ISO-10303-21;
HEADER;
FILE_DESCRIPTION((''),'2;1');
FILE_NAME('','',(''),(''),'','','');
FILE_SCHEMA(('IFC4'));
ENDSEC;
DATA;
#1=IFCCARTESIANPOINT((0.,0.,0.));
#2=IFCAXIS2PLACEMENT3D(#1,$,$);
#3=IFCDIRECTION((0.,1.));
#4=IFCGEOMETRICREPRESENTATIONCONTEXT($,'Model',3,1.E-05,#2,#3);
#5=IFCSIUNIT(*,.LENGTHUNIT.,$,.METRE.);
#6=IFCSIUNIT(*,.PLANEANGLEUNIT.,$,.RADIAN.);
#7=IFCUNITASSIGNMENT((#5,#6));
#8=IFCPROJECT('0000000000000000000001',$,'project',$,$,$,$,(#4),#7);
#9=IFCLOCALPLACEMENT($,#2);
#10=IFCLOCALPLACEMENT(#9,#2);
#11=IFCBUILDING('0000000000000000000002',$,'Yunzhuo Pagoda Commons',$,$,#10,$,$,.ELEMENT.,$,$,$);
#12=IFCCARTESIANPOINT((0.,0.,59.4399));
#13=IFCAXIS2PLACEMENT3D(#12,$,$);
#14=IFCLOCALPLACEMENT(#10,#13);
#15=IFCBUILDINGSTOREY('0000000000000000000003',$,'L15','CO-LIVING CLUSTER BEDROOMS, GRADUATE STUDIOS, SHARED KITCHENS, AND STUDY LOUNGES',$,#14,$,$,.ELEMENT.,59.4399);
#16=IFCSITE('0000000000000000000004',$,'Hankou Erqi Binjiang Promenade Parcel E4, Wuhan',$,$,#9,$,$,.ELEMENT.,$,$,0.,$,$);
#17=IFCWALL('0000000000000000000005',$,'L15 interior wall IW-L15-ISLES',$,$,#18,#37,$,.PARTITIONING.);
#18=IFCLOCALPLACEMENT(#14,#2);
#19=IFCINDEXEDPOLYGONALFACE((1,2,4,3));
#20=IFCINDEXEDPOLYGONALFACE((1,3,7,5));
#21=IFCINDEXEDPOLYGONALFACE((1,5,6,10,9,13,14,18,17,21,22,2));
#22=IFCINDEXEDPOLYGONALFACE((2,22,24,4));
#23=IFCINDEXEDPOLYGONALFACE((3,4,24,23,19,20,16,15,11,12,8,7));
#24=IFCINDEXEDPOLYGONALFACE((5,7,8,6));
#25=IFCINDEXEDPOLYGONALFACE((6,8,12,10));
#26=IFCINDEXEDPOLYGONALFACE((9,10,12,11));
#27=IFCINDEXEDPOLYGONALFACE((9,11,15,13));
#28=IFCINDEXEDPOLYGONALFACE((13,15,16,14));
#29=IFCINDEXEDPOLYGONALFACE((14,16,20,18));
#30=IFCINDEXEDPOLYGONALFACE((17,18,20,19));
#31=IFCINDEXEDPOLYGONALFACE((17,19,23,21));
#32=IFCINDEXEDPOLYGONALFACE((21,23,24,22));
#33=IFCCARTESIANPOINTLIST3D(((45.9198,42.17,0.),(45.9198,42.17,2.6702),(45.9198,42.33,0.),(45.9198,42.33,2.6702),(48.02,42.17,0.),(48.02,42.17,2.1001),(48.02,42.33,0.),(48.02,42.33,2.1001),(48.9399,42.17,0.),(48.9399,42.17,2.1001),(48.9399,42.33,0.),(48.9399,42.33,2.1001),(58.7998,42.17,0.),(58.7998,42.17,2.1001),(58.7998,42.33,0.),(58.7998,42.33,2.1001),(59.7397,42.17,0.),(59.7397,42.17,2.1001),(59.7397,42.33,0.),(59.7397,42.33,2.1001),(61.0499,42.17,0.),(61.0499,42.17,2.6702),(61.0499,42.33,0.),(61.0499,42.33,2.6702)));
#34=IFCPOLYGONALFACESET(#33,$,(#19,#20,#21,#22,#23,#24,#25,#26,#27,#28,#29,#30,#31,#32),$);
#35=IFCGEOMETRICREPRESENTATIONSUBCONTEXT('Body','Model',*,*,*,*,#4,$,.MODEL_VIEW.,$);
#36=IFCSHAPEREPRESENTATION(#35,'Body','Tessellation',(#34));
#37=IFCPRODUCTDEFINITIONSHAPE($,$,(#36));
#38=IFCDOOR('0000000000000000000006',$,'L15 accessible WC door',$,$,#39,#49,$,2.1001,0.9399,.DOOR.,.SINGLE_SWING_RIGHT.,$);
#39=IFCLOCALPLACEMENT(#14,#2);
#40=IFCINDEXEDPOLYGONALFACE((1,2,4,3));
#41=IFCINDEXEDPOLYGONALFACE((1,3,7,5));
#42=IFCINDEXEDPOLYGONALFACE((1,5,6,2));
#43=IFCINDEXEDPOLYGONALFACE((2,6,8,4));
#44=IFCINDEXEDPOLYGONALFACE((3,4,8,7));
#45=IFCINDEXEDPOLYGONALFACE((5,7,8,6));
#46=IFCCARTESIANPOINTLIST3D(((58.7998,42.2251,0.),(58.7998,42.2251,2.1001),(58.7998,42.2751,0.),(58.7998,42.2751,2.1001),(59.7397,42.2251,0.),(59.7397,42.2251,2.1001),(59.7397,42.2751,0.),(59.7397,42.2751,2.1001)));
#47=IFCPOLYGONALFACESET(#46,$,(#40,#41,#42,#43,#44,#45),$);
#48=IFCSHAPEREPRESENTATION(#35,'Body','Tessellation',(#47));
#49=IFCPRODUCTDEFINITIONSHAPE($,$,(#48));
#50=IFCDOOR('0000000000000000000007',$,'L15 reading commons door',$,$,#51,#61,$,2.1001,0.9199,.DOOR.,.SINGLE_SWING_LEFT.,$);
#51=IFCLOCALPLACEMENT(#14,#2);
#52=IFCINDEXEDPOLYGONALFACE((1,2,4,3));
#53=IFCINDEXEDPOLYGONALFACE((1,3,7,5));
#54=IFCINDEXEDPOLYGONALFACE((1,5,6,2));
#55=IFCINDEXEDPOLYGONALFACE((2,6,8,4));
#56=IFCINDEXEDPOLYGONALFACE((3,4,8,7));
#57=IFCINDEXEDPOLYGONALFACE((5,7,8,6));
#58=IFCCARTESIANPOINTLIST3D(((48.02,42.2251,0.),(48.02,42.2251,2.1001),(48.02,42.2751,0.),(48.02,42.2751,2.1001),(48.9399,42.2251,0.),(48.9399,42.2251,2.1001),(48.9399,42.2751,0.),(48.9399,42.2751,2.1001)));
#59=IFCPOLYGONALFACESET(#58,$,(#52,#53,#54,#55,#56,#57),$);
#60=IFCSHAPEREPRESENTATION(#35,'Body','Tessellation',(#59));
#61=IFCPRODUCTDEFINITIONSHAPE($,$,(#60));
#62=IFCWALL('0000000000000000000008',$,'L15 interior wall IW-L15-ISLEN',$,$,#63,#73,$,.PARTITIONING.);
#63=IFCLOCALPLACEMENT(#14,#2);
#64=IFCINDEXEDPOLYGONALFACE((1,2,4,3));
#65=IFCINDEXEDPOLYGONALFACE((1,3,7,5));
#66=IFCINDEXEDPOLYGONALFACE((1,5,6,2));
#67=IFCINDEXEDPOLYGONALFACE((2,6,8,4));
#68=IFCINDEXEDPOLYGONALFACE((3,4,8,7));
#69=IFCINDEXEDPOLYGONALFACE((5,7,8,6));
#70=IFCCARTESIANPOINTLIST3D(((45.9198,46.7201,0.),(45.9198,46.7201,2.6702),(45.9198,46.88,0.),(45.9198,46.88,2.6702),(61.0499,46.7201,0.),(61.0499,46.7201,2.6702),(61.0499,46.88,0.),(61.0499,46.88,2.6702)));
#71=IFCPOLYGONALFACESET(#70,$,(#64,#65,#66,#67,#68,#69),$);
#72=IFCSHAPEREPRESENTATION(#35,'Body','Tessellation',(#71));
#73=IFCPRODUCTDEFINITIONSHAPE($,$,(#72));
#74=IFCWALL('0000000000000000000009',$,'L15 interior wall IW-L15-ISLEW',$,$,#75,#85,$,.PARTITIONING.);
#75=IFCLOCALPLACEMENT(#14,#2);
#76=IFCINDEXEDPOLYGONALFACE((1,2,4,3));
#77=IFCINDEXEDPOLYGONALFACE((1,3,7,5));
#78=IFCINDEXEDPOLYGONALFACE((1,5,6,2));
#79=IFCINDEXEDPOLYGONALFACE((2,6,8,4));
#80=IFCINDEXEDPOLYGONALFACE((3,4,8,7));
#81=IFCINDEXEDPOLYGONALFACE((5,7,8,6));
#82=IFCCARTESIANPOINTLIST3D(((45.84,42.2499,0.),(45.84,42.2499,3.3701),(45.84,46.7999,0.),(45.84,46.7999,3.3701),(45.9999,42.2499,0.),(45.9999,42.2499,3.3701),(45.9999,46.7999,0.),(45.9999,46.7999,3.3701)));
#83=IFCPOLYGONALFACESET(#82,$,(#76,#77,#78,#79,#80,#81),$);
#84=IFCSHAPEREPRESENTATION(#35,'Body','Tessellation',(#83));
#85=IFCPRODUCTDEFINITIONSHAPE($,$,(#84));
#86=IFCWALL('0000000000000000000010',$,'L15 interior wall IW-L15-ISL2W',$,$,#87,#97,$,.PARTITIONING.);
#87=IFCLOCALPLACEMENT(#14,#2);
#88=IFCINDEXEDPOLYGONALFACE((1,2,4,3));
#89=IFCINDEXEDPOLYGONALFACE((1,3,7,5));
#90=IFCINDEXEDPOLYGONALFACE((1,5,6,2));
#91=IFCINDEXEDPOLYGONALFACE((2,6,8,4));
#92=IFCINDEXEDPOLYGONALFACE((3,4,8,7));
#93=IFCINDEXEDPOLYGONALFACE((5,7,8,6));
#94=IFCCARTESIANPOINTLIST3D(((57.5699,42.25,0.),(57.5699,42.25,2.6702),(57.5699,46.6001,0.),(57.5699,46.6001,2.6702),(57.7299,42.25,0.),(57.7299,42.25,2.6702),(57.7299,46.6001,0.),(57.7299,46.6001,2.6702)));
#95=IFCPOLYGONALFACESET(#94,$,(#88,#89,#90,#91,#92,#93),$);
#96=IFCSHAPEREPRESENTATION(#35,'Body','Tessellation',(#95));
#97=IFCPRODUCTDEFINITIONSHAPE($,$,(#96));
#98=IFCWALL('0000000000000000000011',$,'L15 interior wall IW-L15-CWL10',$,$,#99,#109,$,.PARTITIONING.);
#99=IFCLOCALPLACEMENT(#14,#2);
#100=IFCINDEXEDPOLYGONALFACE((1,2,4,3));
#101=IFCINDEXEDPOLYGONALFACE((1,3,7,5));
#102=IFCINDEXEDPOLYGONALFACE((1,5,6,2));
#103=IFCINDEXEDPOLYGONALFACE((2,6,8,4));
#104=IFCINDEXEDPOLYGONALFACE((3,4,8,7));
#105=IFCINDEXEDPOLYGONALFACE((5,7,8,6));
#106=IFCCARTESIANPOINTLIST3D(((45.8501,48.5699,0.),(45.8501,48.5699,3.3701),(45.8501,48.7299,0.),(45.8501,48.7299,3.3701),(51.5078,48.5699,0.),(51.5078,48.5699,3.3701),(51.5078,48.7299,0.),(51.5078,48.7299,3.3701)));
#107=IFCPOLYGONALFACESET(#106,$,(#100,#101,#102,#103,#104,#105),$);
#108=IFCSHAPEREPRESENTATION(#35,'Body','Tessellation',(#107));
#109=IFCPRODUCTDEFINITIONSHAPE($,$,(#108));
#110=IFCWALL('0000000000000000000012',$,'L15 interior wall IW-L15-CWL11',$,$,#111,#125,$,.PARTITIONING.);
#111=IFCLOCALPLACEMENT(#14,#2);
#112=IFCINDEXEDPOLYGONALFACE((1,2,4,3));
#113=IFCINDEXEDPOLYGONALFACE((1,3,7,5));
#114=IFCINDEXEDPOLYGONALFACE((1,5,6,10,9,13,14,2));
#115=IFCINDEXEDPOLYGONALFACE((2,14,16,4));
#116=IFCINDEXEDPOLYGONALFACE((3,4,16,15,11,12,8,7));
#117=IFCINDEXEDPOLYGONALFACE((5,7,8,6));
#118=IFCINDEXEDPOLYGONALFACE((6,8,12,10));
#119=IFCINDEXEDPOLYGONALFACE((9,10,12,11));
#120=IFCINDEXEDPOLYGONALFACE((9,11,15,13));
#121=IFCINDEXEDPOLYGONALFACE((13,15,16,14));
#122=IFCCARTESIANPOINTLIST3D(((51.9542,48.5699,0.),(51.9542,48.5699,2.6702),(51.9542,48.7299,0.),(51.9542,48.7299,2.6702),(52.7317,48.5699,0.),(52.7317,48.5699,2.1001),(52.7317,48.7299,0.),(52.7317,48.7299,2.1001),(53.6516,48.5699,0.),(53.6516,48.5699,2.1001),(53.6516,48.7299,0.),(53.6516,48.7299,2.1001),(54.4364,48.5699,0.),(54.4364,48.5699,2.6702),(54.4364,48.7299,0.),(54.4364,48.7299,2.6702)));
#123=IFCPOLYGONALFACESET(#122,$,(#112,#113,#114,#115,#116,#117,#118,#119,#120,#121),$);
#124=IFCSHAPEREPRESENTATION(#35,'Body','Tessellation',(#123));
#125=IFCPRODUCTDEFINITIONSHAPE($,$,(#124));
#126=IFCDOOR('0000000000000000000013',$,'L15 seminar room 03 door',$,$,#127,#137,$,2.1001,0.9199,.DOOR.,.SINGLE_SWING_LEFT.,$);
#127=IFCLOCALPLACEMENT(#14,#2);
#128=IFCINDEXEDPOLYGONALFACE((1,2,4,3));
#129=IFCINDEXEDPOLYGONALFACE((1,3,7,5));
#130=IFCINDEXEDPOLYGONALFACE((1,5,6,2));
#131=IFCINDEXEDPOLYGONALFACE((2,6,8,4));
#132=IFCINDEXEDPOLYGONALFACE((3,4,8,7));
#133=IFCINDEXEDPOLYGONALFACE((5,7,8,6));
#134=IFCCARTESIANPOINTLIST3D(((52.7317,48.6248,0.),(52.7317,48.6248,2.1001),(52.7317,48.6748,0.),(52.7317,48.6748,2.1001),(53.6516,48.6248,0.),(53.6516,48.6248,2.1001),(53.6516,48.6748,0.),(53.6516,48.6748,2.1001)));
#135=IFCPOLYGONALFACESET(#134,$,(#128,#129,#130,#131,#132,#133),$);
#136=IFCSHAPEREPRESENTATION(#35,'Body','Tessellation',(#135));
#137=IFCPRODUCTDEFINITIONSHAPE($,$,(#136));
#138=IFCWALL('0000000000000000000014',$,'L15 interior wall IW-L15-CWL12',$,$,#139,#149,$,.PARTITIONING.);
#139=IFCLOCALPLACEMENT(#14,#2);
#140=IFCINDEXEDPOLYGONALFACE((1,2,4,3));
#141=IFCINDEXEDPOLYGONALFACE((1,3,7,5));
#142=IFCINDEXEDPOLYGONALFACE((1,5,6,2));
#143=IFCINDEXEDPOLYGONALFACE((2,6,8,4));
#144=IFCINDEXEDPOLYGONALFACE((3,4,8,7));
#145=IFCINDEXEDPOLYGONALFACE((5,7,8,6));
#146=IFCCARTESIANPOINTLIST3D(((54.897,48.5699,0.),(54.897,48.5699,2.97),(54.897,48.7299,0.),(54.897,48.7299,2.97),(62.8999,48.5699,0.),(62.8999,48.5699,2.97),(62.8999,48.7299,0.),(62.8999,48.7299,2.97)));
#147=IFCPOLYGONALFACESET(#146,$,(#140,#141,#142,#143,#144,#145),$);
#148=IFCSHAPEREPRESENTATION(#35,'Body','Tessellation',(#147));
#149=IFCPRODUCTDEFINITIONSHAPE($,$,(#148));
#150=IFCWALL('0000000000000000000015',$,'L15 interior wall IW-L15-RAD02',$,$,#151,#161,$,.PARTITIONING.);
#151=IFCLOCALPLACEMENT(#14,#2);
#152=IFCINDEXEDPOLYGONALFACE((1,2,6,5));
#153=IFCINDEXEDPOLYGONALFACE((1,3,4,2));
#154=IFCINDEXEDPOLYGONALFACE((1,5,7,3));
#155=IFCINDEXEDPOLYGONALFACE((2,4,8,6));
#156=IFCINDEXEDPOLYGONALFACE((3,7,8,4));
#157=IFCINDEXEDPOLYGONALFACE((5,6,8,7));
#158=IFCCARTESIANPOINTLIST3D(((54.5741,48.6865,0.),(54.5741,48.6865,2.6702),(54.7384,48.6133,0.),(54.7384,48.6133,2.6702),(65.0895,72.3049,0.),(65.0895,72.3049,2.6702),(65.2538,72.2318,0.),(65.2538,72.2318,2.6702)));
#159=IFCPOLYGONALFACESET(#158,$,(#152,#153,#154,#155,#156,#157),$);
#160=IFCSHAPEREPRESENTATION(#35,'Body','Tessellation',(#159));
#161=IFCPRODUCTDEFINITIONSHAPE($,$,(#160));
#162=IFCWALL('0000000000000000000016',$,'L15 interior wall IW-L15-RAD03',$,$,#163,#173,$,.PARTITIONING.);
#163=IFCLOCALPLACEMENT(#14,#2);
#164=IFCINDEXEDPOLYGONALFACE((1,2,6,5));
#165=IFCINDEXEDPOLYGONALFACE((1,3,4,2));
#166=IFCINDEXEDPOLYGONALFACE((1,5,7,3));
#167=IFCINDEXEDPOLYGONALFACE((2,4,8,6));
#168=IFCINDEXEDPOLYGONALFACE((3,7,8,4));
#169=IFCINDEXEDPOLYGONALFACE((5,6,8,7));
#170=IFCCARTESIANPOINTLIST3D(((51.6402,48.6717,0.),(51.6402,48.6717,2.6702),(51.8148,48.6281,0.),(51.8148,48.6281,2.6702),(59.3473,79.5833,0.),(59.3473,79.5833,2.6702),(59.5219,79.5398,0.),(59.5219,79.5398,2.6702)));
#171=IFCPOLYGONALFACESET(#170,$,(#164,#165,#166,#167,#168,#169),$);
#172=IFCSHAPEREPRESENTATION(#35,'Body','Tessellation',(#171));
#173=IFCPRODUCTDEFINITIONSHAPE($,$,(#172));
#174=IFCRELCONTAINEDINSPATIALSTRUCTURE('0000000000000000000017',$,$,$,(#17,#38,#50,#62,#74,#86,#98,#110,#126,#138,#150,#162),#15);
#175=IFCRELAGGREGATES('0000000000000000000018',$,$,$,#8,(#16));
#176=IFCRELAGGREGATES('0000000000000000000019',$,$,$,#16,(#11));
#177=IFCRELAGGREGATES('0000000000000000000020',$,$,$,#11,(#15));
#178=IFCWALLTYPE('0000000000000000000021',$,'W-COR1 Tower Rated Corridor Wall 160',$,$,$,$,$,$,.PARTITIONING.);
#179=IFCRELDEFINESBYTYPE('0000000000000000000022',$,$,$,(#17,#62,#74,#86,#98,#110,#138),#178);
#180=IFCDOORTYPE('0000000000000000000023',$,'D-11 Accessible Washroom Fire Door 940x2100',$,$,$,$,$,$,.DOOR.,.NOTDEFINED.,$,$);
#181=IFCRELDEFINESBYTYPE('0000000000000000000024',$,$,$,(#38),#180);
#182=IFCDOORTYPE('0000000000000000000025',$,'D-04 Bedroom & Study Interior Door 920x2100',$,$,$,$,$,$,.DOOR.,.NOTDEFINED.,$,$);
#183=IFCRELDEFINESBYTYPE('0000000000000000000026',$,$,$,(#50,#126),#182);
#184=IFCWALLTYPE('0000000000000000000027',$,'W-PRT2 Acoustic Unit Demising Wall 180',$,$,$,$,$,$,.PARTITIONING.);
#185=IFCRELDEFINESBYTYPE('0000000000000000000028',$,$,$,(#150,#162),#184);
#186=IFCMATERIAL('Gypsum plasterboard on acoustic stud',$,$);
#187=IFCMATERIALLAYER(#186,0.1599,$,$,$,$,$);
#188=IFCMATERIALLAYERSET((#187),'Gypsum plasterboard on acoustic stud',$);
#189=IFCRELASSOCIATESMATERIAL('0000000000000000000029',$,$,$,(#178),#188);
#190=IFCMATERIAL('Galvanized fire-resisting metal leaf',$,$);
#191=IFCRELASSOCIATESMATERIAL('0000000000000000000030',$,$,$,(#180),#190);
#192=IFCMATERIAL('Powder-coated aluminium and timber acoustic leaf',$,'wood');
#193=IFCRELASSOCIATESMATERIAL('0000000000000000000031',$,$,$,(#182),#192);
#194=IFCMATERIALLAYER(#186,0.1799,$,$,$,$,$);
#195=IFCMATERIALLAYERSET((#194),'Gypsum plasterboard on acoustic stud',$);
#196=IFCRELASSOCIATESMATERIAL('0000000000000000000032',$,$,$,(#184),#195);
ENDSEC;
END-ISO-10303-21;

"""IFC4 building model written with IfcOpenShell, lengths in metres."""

from ifc_helpers import new_model, si_unit, direction, frame, frame_2d, origin, origin_with_axes, place, context, subcontext, project, spatial, rectangle, extrude, source, transform, mapped, material, layer, layer_set, type_object, element, fill, save


model = new_model("IFC4")

# Units and contexts
model_context = context("Model", 3, precision=1e-05, world=origin(), true_north=direction((0.0, 1.0)))
body_context = subcontext(model_context, "Body", "Model", "MODEL_VIEW")
ifc_project = project(units=[si_unit("LENGTHUNIT", "METRE"), si_unit("PLANEANGLEUNIT", "RADIAN")], contexts=[model_context])

# Site, building, storey
site_placement = place(None, origin())
site = spatial("IfcSite", under=ifc_project, at=site_placement, Name="Hankou Erqi Binjiang Promenade Parcel E4, Wuhan", CompositionType="ELEMENT", RefElevation=0.0)
building_placement = place(site_placement, origin())
building = spatial("IfcBuilding", under=site, at=building_placement, Name="Yunzhuo Pagoda Commons", CompositionType="ELEMENT")
storey_placement = place(building_placement, frame((0.0, 0.0, 59.4399)))
storey = spatial("IfcBuildingStorey", under=building, at=storey_placement, Name="L15", Description="CO-LIVING CLUSTER BEDROOMS, GRADUATE STUDIOS, SHARED KITCHENS, AND STUDY LOUNGES", CompositionType="ELEMENT", Elevation=59.4399)

# Shared definitions
ifc_material_1 = material(Name="Galvanized fire-resisting metal leaf")

# Wall, openings, doors
ifc_material_2 = material(Name="Gypsum plasterboard on acoustic stud")
ifc_layer_1 = layer(ifc_material_2, 0.1599)
ifc_layer_set_1 = layer_set([ifc_layer_1], Name="Gypsum plasterboard on acoustic stud")
wall_type_1 = type_object("IfcWallType", Name="W-COR1 Tower Rated Corridor Wall 160", PredefinedType="PARTITIONING", material=ifc_layer_set_1)
wall_1_placement = place(storey_placement, frame((45.9199, 42.25, 0.0), z_axis=(0.0, 0.0, 1.0), x_axis=(1.0, 0.0, 0.0)))
wall_1 = element("IfcWall", 1, at=wall_1_placement, inside=storey, type_object=wall_type_1, Name="L15 interior wall IW-L15-ISLES", PredefinedType="PARTITIONING", context=body_context, shape_type="SweptSolid", body=[
    extrude(rectangle(XDim=15.1301, YDim=0.1599, at=frame_2d((7.5649, 0.0))), origin(), (0.0, 0.0, 1.0), 2.6702),
])
opening_1_placement = place(wall_1_placement, frame((2.1001, 0.0, 0.0)))
opening_1 = element("IfcOpeningElement", 2, at=opening_1_placement, cuts=wall_1, PredefinedType="OPENING", context=body_context, shape_type="SweptSolid", body=[
    extrude(rectangle(XDim=0.9199, YDim=2.1001, at=frame_2d((0.46, 1.05))), frame((0.0, 0.0898, 0.0), z_axis=(0.0, -1.0, 0.0), x_axis=(1.0, 0.0, 0.0)), (0.0, 0.0, 1.0), 0.1799),
])
opening_2_placement = place(wall_1_placement, frame((12.8799, 0.0, 0.0)))
opening_2 = element("IfcOpeningElement", 3, at=opening_2_placement, cuts=wall_1, PredefinedType="OPENING", context=body_context, shape_type="SweptSolid", body=[
    extrude(rectangle(XDim=0.9399, YDim=2.1001, at=frame_2d((0.47, 1.05))), frame((0.0, 0.0898, 0.0), z_axis=(0.0, -1.0, 0.0), x_axis=(1.0, 0.0, 0.0)), (0.0, 0.0, 1.0), 0.1799),
])
door_type_1 = type_object("IfcDoorType", Name="D-11 Accessible Washroom Fire Door 940x2100", OperationType="NOTDEFINED", PredefinedType="DOOR", material=ifc_material_1)
shared_shape_1 = source(origin(), body_context, "Body", "SweptSolid", [
    extrude(rectangle(XDim=0.9399, YDim=2.1001, at=frame_2d((0.47, 1.05))), frame((0.0, 0.0249, 0.0), z_axis=(0.0, -1.0, 0.0), x_axis=(1.0, 0.0, 0.0)), (0.0, 0.0, 1.0), 0.05),
])
door_1_placement = place(opening_2_placement, frame((0.9399, 0.0, 0.0), z_axis=(0.0, 0.0, 1.0), x_axis=(-1.0, 0.0, 0.0)))
door_1 = element("IfcDoor", 4, at=door_1_placement, inside=storey, type_object=door_type_1, Name="L15 accessible WC door", OperationType="SINGLE_SWING_RIGHT", OverallHeight=2.1001, OverallWidth=0.9399, PredefinedType="DOOR", context=body_context, shape_type="MappedRepresentation", body=[
    mapped(shared_shape_1, transform((0.0, 0.0, 0.0), scale=1.0)),
])
fill(opening_2, door_1)
ifc_material_3 = material(Name="Powder-coated aluminium and timber acoustic leaf", Category="wood")
door_type_2 = type_object("IfcDoorType", Name="D-04 Bedroom & Study Interior Door 920x2100", OperationType="NOTDEFINED", PredefinedType="DOOR", material=ifc_material_3)
shared_shape_2 = source(origin(), body_context, "Body", "SweptSolid", [
    extrude(rectangle(XDim=0.9199, YDim=2.1001, at=frame_2d((0.46, 1.05))), frame((0.0, 0.0249, 0.0), z_axis=(0.0, -1.0, 0.0), x_axis=(1.0, 0.0, 0.0)), (0.0, 0.0, 1.0), 0.05),
])
door_2_placement = place(opening_1_placement, frame((0.9199, 0.0, 0.0), z_axis=(0.0, 0.0, 1.0), x_axis=(-1.0, 0.0, 0.0)))
door_2 = element("IfcDoor", 5, at=door_2_placement, inside=storey, type_object=door_type_2, Name="L15 reading commons door", OperationType="SINGLE_SWING_LEFT", OverallHeight=2.1001, OverallWidth=0.9199, PredefinedType="DOOR", context=body_context, shape_type="MappedRepresentation", body=[
    mapped(shared_shape_2, transform((0.0, 0.0, 0.0), scale=1.0)),
])
fill(opening_1, door_2)

# Walls
wall_2_placement = place(storey_placement, frame((45.9199, 46.8, 0.0), z_axis=(0.0, 0.0, 1.0), x_axis=(1.0, 0.0, 0.0)))
element("IfcWall", 6, at=wall_2_placement, inside=storey, type_object=wall_type_1, Name="L15 interior wall IW-L15-ISLEN", PredefinedType="PARTITIONING", context=body_context, shape_type="SweptSolid", body=[
    extrude(rectangle(XDim=15.1301, YDim=0.1599, at=frame_2d((7.5649, 0.0))), origin(), (0.0, 0.0, 1.0), 2.6702),
])
wall_3_placement = place(storey_placement, frame((45.9199, 42.25, 0.0), z_axis=(0.0, 0.0, 1.0), x_axis=(0.0, 1.0, 0.0)))
element("IfcWall", 7, at=wall_3_placement, inside=storey, type_object=wall_type_1, Name="L15 interior wall IW-L15-ISLEW", PredefinedType="PARTITIONING", context=body_context, shape_type="SweptSolid", body=[
    extrude(rectangle(XDim=4.55, YDim=0.1599, at=frame_2d((2.2749, 0.0))), origin(), (0.0, 0.0, 1.0), 3.3701),
])
wall_4_placement = place(storey_placement, frame((57.6499, 42.25, 0.0), z_axis=(0.0, 0.0, 1.0), x_axis=(0.0, 1.0, 0.0)))
element("IfcWall", 8, at=wall_4_placement, inside=storey, type_object=wall_type_1, Name="L15 interior wall IW-L15-ISL2W", PredefinedType="PARTITIONING", context=body_context, shape_type="SweptSolid", body=[
    extrude(rectangle(XDim=4.3501, YDim=0.1599, at=frame_2d((2.175, 0.0))), origin(), (0.0, 0.0, 1.0), 2.6702),
])
wall_5_placement = place(storey_placement, frame((45.8501, 48.6499, 0.0), z_axis=(0.0, 0.0, 1.0), x_axis=(1.0, 0.0, 0.0)))
element("IfcWall", 9, at=wall_5_placement, inside=storey, type_object=wall_type_1, Name="L15 interior wall IW-L15-CWL10", PredefinedType="PARTITIONING", context=body_context, shape_type="SweptSolid", body=[
    extrude(rectangle(XDim=5.6577, YDim=0.1599, at=frame_2d((2.8289, 0.0))), origin(), (0.0, 0.0, 1.0), 3.3701),
])

# Wall, opening, door
wall_6_placement = place(storey_placement, frame((51.9541, 48.6499, 0.0), z_axis=(0.0, 0.0, 1.0), x_axis=(1.0, 0.0, 0.0)))
wall_6 = element("IfcWall", 10, at=wall_6_placement, inside=storey, type_object=wall_type_1, Name="L15 interior wall IW-L15-CWL11", PredefinedType="PARTITIONING", context=body_context, shape_type="SweptSolid", body=[
    extrude(rectangle(XDim=2.4822, YDim=0.1599, at=frame_2d((1.2412, 0.0))), origin(), (0.0, 0.0, 1.0), 2.6702),
])
opening_3_placement = place(wall_6_placement, frame((0.7776, 0.0, 0.0)))
opening_3 = element("IfcOpeningElement", 11, at=opening_3_placement, cuts=wall_6, PredefinedType="OPENING", context=body_context, shape_type="SweptSolid", body=[
    extrude(rectangle(XDim=0.9199, YDim=2.1001, at=frame_2d((0.46, 1.05))), frame((0.0, 0.0898, 0.0), z_axis=(0.0, -1.0, 0.0), x_axis=(1.0, 0.0, 0.0)), (0.0, 0.0, 1.0), 0.1799),
])
door_3_placement = place(opening_3_placement, origin_with_axes())
door_3 = element("IfcDoor", 12, at=door_3_placement, inside=storey, type_object=door_type_2, Name="L15 seminar room 03 door", OperationType="SINGLE_SWING_LEFT", OverallHeight=2.1001, OverallWidth=0.9199, PredefinedType="DOOR", context=body_context, shape_type="MappedRepresentation", body=[
    mapped(shared_shape_2, transform((0.0, 0.0, 0.0), scale=1.0)),
])
fill(opening_3, door_3)

# Walls
wall_7_placement = place(storey_placement, frame((54.897, 48.6499, 0.0), z_axis=(0.0, 0.0, 1.0), x_axis=(1.0, 0.0, 0.0)))
element("IfcWall", 13, at=wall_7_placement, inside=storey, type_object=wall_type_1, Name="L15 interior wall IW-L15-CWL12", PredefinedType="PARTITIONING", context=body_context, shape_type="SweptSolid", body=[
    extrude(rectangle(XDim=8.0029, YDim=0.1599, at=frame_2d((4.0015, 0.0))), origin(), (0.0, 0.0, 1.0), 2.97),
])
ifc_layer_2 = layer(ifc_material_2, 0.1799)
ifc_layer_set_2 = layer_set([ifc_layer_2], Name="Gypsum plasterboard on acoustic stud")
wall_type_2 = type_object("IfcWallType", Name="W-PRT2 Acoustic Unit Demising Wall 180", PredefinedType="PARTITIONING", material=ifc_layer_set_2)
wall_8_placement = place(storey_placement, frame((54.6562, 48.6499, 0.0), z_axis=(0.0, 0.0, 1.0), x_axis=(0.40673, 0.913549, 0.0)))
element("IfcWall", 14, at=wall_8_placement, inside=storey, type_object=wall_type_2, Name="L15 interior wall IW-L15-RAD02", PredefinedType="PARTITIONING", context=body_context, shape_type="SweptSolid", body=[
    extrude(rectangle(XDim=25.8535, YDim=0.1799, at=frame_2d((12.9268, 0.0))), origin(), (0.0, 0.0, 1.0), 2.6702),
])
wall_9_placement = place(storey_placement, frame((51.7275, 48.6499, 0.0), z_axis=(0.0, 0.0, 1.0), x_axis=(0.241919, 0.970296, 0.0)))
element("IfcWall", 15, at=wall_9_placement, inside=storey, type_object=wall_type_2, Name="L15 interior wall IW-L15-RAD03", PredefinedType="PARTITIONING", context=body_context, shape_type="SweptSolid", body=[
    extrude(rectangle(XDim=31.8579, YDim=0.1799, at=frame_2d((15.929, 0.0))), origin(), (0.0, 0.0, 1.0), 2.6702),
])

save(model, "model.ifc")
